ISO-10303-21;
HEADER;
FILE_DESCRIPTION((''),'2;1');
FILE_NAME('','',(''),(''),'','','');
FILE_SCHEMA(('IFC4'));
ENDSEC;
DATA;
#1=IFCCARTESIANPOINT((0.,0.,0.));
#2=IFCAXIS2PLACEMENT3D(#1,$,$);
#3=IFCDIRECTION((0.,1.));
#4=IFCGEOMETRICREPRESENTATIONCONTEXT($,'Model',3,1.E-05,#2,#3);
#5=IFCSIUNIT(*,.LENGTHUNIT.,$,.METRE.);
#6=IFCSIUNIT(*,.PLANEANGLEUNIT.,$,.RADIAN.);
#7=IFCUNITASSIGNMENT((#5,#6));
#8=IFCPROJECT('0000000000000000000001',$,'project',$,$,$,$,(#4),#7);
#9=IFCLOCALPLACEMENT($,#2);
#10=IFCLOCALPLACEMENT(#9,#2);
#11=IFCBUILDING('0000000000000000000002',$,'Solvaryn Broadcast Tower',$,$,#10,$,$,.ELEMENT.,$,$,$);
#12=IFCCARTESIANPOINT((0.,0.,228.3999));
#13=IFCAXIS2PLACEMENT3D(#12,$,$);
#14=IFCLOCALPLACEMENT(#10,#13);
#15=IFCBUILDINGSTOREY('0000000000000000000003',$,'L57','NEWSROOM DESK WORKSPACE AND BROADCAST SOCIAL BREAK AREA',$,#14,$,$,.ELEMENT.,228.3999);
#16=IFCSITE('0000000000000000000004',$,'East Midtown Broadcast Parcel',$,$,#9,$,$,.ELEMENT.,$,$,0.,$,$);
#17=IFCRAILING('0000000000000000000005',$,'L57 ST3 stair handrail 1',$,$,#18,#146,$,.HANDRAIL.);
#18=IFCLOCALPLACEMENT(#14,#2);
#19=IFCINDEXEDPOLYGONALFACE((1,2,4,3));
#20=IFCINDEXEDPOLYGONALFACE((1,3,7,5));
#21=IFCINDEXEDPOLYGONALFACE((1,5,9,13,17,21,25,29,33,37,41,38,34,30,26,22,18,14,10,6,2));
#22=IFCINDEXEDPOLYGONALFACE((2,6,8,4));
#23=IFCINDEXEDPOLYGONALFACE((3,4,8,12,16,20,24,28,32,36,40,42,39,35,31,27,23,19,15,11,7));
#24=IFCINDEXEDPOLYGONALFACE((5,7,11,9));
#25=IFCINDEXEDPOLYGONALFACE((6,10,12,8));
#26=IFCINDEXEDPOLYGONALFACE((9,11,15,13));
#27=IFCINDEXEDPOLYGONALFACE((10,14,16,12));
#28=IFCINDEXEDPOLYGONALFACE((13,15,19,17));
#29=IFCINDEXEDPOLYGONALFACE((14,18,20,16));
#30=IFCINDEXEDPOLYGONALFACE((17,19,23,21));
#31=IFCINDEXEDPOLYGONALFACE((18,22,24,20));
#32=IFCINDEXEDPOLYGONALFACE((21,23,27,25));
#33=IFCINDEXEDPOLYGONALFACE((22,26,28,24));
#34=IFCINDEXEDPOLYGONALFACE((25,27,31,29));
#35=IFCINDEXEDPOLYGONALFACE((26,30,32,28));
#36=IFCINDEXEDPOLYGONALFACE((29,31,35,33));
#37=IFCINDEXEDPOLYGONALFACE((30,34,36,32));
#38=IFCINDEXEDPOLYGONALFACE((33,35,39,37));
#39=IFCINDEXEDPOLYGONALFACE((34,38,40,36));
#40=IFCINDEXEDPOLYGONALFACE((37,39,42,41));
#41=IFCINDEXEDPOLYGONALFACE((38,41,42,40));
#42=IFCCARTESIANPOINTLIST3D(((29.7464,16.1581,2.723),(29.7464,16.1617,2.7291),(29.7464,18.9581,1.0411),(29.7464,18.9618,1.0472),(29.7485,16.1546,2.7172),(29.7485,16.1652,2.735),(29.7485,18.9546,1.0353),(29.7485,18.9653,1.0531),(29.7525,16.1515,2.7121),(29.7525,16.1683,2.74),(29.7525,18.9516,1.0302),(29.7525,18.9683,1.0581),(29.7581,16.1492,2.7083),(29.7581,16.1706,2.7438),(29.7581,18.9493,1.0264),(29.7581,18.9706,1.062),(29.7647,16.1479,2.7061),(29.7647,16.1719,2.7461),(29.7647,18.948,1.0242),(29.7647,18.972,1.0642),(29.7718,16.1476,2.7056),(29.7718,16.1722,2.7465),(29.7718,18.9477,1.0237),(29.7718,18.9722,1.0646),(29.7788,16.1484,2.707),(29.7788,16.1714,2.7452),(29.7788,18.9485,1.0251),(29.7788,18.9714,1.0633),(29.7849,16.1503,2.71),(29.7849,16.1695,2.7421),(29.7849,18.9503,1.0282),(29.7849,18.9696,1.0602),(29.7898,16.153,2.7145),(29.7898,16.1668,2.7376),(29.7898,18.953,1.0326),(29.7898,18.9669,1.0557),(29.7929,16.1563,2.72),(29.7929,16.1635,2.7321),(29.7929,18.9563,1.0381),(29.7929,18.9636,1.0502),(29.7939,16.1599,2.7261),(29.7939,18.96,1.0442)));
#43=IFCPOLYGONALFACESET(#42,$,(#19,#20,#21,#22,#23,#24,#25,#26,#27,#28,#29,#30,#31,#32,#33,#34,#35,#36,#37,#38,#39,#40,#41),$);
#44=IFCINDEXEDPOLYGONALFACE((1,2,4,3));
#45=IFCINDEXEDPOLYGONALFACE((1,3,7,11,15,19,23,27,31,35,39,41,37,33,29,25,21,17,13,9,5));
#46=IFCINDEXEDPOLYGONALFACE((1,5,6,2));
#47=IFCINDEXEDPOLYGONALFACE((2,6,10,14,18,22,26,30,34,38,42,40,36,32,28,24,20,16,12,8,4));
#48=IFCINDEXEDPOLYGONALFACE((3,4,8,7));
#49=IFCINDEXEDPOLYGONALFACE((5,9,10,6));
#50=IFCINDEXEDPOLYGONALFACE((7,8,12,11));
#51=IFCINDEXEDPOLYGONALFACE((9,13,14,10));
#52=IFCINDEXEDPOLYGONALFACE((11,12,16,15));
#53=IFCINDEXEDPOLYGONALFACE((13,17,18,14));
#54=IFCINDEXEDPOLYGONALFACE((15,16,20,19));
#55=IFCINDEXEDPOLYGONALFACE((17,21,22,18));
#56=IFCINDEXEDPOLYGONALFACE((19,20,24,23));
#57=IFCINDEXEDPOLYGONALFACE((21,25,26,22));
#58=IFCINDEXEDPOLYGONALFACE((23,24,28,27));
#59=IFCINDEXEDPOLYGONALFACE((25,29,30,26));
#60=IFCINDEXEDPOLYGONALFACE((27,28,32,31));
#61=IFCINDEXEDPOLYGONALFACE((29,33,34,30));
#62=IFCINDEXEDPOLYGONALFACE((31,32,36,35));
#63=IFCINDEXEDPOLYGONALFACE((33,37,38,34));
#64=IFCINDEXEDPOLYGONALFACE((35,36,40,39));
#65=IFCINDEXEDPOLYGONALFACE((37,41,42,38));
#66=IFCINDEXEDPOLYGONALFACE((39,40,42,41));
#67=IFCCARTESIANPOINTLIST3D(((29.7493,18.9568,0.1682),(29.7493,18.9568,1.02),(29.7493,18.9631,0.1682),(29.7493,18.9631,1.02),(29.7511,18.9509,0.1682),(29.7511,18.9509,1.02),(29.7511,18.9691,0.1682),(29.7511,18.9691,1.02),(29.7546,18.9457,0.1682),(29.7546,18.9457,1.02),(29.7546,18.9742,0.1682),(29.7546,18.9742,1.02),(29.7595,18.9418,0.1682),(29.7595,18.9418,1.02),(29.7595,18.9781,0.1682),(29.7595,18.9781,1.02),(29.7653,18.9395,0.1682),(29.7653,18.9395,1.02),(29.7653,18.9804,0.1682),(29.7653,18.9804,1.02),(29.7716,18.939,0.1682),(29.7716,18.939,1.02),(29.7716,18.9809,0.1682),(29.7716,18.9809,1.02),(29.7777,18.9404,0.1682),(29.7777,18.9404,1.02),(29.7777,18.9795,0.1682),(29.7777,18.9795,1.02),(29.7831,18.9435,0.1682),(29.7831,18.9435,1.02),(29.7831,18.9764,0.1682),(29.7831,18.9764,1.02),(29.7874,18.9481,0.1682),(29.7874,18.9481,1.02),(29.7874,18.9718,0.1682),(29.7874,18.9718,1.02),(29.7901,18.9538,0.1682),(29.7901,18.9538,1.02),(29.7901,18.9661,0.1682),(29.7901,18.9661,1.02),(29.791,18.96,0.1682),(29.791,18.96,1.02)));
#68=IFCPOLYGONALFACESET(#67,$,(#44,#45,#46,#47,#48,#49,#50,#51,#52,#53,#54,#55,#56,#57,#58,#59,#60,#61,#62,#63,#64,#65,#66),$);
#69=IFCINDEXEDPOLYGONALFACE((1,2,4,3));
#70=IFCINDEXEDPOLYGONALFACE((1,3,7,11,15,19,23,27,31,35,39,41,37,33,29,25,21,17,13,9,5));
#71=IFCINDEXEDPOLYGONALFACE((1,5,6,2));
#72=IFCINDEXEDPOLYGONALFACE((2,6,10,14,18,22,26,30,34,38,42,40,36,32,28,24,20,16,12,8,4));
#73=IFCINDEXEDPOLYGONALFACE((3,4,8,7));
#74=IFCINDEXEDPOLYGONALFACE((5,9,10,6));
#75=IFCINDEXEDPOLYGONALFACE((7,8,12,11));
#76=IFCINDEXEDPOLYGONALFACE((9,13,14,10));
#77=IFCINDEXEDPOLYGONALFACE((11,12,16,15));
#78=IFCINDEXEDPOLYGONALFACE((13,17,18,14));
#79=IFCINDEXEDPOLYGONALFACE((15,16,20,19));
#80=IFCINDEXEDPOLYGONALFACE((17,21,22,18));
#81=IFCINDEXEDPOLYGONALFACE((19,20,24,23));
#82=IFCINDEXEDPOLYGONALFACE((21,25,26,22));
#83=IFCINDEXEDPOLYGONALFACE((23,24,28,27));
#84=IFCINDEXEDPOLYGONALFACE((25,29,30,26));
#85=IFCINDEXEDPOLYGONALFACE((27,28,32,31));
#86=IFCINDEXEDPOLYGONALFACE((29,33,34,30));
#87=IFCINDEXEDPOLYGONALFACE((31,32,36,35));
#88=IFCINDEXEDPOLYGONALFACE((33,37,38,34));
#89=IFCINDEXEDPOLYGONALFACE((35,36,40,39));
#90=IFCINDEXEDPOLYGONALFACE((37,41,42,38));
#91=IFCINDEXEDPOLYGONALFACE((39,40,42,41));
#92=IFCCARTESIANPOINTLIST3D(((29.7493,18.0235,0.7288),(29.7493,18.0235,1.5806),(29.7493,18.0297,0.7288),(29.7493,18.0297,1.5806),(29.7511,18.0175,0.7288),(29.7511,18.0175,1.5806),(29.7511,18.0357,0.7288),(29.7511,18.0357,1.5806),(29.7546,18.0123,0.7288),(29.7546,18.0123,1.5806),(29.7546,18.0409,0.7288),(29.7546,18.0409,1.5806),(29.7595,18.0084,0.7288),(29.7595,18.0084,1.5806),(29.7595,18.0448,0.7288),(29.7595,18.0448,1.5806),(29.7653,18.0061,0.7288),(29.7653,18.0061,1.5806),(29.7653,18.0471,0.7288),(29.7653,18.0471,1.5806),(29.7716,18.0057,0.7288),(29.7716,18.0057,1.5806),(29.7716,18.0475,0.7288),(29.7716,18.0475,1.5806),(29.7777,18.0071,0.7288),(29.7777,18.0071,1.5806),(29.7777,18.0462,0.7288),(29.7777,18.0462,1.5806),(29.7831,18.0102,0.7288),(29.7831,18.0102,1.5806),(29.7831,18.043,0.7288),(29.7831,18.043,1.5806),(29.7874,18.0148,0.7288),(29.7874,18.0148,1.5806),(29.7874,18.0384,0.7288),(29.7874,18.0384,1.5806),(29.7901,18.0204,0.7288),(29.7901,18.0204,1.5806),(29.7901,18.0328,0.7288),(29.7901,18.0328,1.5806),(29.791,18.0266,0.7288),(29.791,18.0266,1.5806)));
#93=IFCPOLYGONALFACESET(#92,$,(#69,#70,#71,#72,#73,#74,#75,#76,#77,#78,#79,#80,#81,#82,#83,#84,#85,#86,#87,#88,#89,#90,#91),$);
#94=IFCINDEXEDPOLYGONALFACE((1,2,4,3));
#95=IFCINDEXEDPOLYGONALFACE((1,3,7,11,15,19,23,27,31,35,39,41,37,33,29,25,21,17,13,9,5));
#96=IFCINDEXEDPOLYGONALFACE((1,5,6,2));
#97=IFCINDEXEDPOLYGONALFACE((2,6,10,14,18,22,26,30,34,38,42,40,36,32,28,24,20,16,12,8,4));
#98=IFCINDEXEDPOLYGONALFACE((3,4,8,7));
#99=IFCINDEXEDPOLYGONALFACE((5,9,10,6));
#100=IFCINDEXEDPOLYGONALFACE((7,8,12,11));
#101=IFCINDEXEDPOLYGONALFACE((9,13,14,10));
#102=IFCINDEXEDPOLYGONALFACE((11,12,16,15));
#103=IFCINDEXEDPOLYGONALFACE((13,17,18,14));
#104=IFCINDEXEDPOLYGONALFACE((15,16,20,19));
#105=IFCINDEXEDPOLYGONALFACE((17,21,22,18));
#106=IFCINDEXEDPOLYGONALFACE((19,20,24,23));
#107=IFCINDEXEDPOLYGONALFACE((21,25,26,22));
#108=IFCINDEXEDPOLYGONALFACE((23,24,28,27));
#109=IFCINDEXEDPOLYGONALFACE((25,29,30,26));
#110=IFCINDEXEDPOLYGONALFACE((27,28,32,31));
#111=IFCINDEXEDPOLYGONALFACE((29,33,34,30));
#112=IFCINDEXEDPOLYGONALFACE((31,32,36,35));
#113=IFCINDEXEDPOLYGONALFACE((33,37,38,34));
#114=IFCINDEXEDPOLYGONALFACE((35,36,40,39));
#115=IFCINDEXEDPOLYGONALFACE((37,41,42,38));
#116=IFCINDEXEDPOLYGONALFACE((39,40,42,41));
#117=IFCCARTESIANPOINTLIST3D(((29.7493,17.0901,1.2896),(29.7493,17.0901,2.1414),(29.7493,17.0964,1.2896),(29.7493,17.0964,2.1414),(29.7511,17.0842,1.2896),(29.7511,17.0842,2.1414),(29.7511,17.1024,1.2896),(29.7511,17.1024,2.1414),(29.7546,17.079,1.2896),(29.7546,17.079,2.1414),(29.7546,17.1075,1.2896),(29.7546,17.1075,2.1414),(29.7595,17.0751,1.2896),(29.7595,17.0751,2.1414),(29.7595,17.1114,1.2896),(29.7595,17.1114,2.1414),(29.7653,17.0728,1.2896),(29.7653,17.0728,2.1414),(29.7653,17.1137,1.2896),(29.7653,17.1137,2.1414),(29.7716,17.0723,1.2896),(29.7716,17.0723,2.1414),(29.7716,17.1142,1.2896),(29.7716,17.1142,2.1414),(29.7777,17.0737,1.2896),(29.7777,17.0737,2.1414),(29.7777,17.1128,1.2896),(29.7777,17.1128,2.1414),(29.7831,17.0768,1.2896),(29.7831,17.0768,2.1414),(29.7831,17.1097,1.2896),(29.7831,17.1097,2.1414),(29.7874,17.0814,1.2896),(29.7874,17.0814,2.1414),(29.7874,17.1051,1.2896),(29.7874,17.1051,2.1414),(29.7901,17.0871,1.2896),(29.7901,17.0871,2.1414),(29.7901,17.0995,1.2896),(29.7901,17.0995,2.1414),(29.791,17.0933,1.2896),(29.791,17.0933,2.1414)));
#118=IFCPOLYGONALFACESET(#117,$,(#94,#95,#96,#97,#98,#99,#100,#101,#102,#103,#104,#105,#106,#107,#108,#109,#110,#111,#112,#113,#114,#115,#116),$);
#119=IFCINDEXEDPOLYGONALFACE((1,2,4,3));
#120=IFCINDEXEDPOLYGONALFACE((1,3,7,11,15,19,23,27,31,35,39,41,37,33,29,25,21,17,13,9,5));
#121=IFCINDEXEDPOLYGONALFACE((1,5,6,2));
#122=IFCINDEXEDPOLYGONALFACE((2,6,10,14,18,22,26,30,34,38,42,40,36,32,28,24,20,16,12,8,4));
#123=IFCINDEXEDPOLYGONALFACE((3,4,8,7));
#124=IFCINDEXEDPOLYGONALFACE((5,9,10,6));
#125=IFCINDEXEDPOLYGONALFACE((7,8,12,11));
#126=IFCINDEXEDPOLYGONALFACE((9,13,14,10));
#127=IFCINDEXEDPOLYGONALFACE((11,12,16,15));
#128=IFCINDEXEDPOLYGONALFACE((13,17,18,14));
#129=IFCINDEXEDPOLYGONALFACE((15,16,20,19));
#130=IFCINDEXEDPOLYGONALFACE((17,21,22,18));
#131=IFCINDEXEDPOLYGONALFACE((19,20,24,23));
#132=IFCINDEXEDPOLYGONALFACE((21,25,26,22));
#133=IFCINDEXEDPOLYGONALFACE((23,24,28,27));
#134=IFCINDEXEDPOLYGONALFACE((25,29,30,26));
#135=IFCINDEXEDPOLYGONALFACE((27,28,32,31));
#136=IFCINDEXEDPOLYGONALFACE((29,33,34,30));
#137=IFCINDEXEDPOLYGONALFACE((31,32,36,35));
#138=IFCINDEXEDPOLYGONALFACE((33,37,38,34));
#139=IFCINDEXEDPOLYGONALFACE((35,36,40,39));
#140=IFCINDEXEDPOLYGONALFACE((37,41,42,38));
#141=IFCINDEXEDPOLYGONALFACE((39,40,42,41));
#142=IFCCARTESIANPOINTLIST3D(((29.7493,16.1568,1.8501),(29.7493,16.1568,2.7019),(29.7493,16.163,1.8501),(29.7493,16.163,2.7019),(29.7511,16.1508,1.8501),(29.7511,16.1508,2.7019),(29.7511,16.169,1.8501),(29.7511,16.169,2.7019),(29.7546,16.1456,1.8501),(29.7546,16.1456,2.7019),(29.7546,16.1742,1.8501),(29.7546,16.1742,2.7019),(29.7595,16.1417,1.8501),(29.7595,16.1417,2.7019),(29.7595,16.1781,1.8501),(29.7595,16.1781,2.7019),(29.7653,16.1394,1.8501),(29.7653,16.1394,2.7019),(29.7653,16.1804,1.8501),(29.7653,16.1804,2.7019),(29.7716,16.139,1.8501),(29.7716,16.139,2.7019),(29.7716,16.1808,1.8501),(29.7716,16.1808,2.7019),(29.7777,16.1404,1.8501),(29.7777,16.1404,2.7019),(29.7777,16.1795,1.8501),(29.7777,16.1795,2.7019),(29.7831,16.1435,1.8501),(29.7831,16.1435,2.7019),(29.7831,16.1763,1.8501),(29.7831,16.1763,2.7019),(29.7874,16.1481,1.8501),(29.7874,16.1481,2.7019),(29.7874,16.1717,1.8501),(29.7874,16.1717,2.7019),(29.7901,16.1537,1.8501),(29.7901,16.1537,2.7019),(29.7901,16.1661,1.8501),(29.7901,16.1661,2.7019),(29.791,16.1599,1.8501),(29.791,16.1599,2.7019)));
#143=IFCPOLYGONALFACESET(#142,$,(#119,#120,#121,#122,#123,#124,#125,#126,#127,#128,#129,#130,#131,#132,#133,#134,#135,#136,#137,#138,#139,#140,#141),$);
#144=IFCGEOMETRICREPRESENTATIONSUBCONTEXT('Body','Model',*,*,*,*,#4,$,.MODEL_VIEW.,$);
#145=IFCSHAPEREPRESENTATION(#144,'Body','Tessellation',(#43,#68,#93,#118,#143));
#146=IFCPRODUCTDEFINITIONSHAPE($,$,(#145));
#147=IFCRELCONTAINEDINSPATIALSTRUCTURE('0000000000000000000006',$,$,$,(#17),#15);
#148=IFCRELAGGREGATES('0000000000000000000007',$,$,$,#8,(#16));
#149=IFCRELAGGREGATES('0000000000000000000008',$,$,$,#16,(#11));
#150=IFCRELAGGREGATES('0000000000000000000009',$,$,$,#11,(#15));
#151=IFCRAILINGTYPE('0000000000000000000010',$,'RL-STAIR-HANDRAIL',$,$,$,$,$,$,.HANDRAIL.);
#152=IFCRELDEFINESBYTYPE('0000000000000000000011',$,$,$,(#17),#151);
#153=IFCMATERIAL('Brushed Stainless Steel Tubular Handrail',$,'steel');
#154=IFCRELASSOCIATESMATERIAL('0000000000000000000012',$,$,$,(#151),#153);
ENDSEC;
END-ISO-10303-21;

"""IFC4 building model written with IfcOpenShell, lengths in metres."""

from ifc_helpers import new_model, si_unit, direction, frame, origin, origin_2d, place, context, subcontext, project, spatial, circle, extrude, material, type_object, element, save


model = new_model("IFC4")

# Units and contexts
model_context = context("Model", 3, precision=1e-05, world=origin(), true_north=direction((0.0, 1.0)))
body_context = subcontext(model_context, "Body", "Model", "MODEL_VIEW")
ifc_project = project(units=[si_unit("LENGTHUNIT", "METRE"), si_unit("PLANEANGLEUNIT", "RADIAN")], contexts=[model_context])

# Site, building, storey
site_placement = place(None, origin())
site = spatial("IfcSite", under=ifc_project, at=site_placement, Name="East Midtown Broadcast Parcel", CompositionType="ELEMENT", RefElevation=0.0)
building_placement = place(site_placement, origin())
building = spatial("IfcBuilding", under=site, at=building_placement, Name="Solvaryn Broadcast Tower", CompositionType="ELEMENT")
storey_placement = place(building_placement, frame((0.0, 0.0, 228.3999)))
storey = spatial("IfcBuildingStorey", under=building, at=storey_placement, Name="L57", Description="NEWSROOM DESK WORKSPACE AND BROADCAST SOCIAL BREAK AREA", CompositionType="ELEMENT", Elevation=228.3999)

# Railing
ifc_material_1 = material(Name="Brushed Stainless Steel Tubular Handrail", Category="steel")
railing_type_1 = type_object("IfcRailingType", Name="RL-STAIR-HANDRAIL", PredefinedType="HANDRAIL", material=ifc_material_1)
railing_1_placement = place(storey_placement, frame((29.77, 18.96, 0.1682)))
element("IfcRailing", 1, at=railing_1_placement, inside=storey, type_object=railing_type_1, Name="L57 ST3 stair handrail 1", PredefinedType="HANDRAIL", context=body_context, shape_type="SweptSolid", body=[
    extrude(circle(Radius=0.0239, at=origin_2d()), frame((0.0, 0.0, 0.876), z_axis=(0.0, -0.857242, 0.514913), x_axis=(1.0, 0.0, 0.0)), (0.0, 0.0, 1.0), 3.2664),
    extrude(circle(Radius=0.021, at=origin_2d()), origin(), (0.0, 0.0, 1.0), 0.8518),
    extrude(circle(Radius=0.021, at=origin_2d()), frame((0.0, -0.9333, 0.5605)), (0.0, 0.0, 1.0), 0.8518),
    extrude(circle(Radius=0.021, at=origin_2d()), frame((0.0, -1.8667, 1.1213)), (0.0, 0.0, 1.0), 0.8518),
    extrude(circle(Radius=0.021, at=origin_2d()), frame((0.0, -2.8, 1.6819)), (0.0, 0.0, 1.0), 0.8518),
])

save(model, "model.ifc")
